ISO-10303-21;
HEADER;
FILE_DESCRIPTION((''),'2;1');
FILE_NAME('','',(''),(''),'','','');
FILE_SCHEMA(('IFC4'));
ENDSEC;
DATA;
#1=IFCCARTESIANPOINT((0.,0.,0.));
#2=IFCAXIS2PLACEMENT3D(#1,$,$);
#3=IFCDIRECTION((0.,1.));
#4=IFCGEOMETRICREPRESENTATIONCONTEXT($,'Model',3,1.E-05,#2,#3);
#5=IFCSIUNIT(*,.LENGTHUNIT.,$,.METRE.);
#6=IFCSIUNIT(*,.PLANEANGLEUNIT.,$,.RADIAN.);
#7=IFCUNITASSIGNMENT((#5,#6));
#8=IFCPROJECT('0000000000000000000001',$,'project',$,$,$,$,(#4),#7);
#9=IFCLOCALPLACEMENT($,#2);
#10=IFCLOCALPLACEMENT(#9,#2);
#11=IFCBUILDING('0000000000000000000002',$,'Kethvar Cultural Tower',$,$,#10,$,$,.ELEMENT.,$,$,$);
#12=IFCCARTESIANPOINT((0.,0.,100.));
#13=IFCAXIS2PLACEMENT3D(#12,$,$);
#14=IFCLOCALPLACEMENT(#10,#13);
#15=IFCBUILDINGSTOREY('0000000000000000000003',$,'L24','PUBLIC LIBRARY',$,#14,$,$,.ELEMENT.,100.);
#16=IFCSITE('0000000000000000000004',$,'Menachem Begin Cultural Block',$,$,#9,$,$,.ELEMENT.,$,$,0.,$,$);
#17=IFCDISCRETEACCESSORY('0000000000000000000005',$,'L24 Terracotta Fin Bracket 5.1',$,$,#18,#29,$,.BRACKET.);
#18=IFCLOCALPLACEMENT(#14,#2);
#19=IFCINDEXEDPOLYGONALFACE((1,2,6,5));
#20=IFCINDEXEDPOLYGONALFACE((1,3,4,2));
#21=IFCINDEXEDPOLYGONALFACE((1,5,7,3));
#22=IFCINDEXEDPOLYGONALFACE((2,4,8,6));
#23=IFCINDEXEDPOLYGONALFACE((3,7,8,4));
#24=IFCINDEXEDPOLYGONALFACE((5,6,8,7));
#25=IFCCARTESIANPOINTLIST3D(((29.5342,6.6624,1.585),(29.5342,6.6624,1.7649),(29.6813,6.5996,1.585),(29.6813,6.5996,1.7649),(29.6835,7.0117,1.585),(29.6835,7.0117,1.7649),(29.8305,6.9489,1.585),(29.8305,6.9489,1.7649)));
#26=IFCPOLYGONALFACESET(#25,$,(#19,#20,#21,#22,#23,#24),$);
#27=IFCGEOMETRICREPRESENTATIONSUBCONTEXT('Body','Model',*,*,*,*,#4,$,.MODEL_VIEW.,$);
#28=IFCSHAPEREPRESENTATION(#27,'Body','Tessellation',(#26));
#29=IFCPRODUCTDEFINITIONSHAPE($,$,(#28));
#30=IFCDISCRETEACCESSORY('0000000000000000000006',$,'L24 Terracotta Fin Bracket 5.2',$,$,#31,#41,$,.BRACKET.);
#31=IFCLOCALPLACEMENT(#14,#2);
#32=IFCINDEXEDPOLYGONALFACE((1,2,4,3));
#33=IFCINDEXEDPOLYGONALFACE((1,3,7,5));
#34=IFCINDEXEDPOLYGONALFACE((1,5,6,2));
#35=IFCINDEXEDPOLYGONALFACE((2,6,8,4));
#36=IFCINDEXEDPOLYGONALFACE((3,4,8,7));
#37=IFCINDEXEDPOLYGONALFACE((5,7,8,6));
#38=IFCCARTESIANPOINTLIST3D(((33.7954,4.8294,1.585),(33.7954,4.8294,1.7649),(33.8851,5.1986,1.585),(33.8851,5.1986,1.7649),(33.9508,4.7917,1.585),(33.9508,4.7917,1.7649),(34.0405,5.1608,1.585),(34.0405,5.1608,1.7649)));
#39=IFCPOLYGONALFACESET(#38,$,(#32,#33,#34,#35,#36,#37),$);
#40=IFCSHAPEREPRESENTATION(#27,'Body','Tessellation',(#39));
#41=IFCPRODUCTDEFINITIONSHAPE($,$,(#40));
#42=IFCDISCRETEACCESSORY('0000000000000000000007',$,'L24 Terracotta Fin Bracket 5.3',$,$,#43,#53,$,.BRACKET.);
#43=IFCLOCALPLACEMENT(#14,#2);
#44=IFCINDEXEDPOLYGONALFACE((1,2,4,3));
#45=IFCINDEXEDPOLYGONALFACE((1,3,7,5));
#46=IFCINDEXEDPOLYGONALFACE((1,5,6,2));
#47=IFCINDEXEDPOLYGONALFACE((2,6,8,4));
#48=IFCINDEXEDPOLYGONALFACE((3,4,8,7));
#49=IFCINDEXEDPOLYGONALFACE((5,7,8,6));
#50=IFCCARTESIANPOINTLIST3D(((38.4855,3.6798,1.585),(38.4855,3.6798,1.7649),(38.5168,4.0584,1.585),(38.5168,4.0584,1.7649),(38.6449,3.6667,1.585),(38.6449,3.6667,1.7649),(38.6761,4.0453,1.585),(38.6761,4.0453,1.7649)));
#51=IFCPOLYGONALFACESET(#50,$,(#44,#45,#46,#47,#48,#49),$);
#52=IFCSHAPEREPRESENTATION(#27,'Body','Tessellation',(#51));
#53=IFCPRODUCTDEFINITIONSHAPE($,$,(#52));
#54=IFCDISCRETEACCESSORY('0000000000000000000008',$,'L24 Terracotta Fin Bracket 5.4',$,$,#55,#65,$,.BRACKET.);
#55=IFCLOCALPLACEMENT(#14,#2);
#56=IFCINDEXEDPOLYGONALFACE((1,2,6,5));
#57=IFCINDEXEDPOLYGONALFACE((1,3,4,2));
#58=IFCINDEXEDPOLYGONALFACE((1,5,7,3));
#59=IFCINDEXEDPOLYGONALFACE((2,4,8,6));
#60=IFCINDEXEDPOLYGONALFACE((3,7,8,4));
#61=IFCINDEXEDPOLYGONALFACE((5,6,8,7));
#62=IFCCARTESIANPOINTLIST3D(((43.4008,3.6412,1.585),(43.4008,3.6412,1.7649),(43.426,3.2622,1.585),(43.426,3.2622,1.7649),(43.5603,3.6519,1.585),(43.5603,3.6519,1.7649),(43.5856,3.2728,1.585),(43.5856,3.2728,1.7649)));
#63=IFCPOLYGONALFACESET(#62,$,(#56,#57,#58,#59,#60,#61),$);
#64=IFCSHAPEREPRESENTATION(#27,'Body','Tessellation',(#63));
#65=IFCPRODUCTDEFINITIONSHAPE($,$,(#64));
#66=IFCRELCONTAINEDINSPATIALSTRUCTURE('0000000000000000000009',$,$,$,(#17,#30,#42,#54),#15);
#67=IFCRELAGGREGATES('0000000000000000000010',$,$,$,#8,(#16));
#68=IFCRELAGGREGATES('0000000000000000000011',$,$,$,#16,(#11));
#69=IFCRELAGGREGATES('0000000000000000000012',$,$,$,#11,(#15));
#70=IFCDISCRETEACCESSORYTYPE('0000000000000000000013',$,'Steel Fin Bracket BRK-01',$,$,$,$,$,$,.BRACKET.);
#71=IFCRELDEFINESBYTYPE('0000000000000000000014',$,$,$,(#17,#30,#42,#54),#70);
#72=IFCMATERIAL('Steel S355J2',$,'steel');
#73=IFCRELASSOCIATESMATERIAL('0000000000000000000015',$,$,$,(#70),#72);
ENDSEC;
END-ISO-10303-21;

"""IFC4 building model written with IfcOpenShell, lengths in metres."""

from ifc_helpers import new_model, si_unit, direction, frame, origin, origin_2d, place, context, subcontext, project, spatial, rectangle, extrude, source, transform, mapped, material, type_object, element, save


model = new_model("IFC4")

# Units and contexts
model_context = context("Model", 3, precision=1e-05, world=origin(), true_north=direction((0.0, 1.0)))
body_context = subcontext(model_context, "Body", "Model", "MODEL_VIEW")
ifc_project = project(units=[si_unit("LENGTHUNIT", "METRE"), si_unit("PLANEANGLEUNIT", "RADIAN")], contexts=[model_context])

# Site, building, storey
site_placement = place(None, origin())
site = spatial("IfcSite", under=ifc_project, at=site_placement, Name="Menachem Begin Cultural Block", CompositionType="ELEMENT", RefElevation=0.0)
building_placement = place(site_placement, origin())
building = spatial("IfcBuilding", under=site, at=building_placement, Name="Kethvar Cultural Tower", CompositionType="ELEMENT")
storey_placement = place(building_placement, frame((0.0, 0.0, 100.0)))
storey = spatial("IfcBuildingStorey", under=building, at=storey_placement, Name="L24", Description="PUBLIC LIBRARY", CompositionType="ELEMENT", Elevation=100.0)

# Shared definitions
ifc_material_1 = material(Name="Steel S355J2", Category="steel")

# Discrete accessories
discrete_accessory_type = type_object("IfcDiscreteAccessoryType", Name="Steel Fin Bracket BRK-01", PredefinedType="BRACKET", material=ifc_material_1)
shared_shape_1 = source(origin(), body_context, "Body", "SweptSolid", [
    extrude(rectangle(XDim=0.3799, YDim=0.1599, at=origin_2d()), origin(), (0.0, 0.0, 1.0), 0.1799),
])
for number, where, z_axis, x_axis, name in (
    (1, (29.6824, 6.8057, 1.585), (0.0, 0.0, 1.0), (-0.392979, -0.919547, 0.0), "L24 Terracotta Fin Bracket 5.1"),
    (2, (33.918, 4.9951, 1.585), (0.0, 0.0, 1.0), (-0.23616, -0.971714, 0.0), "L24 Terracotta Fin Bracket 5.2"),
    (3, (38.5808, 3.8625, 1.585), (0.0, 0.0, 1.0), (-0.082286, -0.996609, 0.0), "L24 Terracotta Fin Bracket 5.3"),
    (4, (43.4932, 3.457, 1.585), (0.0, 0.0, 1.0), (0.066448, -0.99779, 0.0), "L24 Terracotta Fin Bracket 5.4"),
):
    element("IfcDiscreteAccessory", number, at=place(storey_placement, frame(where, z_axis=z_axis, x_axis=x_axis)), inside=storey, type_object=discrete_accessory_type, Name=name, PredefinedType="BRACKET", context=body_context, shape_type="MappedRepresentation", body=[
        mapped(shared_shape_1, transform((0.0, 0.0, 0.0), scale=1.0)),
    ])

save(model, "model.ifc")
